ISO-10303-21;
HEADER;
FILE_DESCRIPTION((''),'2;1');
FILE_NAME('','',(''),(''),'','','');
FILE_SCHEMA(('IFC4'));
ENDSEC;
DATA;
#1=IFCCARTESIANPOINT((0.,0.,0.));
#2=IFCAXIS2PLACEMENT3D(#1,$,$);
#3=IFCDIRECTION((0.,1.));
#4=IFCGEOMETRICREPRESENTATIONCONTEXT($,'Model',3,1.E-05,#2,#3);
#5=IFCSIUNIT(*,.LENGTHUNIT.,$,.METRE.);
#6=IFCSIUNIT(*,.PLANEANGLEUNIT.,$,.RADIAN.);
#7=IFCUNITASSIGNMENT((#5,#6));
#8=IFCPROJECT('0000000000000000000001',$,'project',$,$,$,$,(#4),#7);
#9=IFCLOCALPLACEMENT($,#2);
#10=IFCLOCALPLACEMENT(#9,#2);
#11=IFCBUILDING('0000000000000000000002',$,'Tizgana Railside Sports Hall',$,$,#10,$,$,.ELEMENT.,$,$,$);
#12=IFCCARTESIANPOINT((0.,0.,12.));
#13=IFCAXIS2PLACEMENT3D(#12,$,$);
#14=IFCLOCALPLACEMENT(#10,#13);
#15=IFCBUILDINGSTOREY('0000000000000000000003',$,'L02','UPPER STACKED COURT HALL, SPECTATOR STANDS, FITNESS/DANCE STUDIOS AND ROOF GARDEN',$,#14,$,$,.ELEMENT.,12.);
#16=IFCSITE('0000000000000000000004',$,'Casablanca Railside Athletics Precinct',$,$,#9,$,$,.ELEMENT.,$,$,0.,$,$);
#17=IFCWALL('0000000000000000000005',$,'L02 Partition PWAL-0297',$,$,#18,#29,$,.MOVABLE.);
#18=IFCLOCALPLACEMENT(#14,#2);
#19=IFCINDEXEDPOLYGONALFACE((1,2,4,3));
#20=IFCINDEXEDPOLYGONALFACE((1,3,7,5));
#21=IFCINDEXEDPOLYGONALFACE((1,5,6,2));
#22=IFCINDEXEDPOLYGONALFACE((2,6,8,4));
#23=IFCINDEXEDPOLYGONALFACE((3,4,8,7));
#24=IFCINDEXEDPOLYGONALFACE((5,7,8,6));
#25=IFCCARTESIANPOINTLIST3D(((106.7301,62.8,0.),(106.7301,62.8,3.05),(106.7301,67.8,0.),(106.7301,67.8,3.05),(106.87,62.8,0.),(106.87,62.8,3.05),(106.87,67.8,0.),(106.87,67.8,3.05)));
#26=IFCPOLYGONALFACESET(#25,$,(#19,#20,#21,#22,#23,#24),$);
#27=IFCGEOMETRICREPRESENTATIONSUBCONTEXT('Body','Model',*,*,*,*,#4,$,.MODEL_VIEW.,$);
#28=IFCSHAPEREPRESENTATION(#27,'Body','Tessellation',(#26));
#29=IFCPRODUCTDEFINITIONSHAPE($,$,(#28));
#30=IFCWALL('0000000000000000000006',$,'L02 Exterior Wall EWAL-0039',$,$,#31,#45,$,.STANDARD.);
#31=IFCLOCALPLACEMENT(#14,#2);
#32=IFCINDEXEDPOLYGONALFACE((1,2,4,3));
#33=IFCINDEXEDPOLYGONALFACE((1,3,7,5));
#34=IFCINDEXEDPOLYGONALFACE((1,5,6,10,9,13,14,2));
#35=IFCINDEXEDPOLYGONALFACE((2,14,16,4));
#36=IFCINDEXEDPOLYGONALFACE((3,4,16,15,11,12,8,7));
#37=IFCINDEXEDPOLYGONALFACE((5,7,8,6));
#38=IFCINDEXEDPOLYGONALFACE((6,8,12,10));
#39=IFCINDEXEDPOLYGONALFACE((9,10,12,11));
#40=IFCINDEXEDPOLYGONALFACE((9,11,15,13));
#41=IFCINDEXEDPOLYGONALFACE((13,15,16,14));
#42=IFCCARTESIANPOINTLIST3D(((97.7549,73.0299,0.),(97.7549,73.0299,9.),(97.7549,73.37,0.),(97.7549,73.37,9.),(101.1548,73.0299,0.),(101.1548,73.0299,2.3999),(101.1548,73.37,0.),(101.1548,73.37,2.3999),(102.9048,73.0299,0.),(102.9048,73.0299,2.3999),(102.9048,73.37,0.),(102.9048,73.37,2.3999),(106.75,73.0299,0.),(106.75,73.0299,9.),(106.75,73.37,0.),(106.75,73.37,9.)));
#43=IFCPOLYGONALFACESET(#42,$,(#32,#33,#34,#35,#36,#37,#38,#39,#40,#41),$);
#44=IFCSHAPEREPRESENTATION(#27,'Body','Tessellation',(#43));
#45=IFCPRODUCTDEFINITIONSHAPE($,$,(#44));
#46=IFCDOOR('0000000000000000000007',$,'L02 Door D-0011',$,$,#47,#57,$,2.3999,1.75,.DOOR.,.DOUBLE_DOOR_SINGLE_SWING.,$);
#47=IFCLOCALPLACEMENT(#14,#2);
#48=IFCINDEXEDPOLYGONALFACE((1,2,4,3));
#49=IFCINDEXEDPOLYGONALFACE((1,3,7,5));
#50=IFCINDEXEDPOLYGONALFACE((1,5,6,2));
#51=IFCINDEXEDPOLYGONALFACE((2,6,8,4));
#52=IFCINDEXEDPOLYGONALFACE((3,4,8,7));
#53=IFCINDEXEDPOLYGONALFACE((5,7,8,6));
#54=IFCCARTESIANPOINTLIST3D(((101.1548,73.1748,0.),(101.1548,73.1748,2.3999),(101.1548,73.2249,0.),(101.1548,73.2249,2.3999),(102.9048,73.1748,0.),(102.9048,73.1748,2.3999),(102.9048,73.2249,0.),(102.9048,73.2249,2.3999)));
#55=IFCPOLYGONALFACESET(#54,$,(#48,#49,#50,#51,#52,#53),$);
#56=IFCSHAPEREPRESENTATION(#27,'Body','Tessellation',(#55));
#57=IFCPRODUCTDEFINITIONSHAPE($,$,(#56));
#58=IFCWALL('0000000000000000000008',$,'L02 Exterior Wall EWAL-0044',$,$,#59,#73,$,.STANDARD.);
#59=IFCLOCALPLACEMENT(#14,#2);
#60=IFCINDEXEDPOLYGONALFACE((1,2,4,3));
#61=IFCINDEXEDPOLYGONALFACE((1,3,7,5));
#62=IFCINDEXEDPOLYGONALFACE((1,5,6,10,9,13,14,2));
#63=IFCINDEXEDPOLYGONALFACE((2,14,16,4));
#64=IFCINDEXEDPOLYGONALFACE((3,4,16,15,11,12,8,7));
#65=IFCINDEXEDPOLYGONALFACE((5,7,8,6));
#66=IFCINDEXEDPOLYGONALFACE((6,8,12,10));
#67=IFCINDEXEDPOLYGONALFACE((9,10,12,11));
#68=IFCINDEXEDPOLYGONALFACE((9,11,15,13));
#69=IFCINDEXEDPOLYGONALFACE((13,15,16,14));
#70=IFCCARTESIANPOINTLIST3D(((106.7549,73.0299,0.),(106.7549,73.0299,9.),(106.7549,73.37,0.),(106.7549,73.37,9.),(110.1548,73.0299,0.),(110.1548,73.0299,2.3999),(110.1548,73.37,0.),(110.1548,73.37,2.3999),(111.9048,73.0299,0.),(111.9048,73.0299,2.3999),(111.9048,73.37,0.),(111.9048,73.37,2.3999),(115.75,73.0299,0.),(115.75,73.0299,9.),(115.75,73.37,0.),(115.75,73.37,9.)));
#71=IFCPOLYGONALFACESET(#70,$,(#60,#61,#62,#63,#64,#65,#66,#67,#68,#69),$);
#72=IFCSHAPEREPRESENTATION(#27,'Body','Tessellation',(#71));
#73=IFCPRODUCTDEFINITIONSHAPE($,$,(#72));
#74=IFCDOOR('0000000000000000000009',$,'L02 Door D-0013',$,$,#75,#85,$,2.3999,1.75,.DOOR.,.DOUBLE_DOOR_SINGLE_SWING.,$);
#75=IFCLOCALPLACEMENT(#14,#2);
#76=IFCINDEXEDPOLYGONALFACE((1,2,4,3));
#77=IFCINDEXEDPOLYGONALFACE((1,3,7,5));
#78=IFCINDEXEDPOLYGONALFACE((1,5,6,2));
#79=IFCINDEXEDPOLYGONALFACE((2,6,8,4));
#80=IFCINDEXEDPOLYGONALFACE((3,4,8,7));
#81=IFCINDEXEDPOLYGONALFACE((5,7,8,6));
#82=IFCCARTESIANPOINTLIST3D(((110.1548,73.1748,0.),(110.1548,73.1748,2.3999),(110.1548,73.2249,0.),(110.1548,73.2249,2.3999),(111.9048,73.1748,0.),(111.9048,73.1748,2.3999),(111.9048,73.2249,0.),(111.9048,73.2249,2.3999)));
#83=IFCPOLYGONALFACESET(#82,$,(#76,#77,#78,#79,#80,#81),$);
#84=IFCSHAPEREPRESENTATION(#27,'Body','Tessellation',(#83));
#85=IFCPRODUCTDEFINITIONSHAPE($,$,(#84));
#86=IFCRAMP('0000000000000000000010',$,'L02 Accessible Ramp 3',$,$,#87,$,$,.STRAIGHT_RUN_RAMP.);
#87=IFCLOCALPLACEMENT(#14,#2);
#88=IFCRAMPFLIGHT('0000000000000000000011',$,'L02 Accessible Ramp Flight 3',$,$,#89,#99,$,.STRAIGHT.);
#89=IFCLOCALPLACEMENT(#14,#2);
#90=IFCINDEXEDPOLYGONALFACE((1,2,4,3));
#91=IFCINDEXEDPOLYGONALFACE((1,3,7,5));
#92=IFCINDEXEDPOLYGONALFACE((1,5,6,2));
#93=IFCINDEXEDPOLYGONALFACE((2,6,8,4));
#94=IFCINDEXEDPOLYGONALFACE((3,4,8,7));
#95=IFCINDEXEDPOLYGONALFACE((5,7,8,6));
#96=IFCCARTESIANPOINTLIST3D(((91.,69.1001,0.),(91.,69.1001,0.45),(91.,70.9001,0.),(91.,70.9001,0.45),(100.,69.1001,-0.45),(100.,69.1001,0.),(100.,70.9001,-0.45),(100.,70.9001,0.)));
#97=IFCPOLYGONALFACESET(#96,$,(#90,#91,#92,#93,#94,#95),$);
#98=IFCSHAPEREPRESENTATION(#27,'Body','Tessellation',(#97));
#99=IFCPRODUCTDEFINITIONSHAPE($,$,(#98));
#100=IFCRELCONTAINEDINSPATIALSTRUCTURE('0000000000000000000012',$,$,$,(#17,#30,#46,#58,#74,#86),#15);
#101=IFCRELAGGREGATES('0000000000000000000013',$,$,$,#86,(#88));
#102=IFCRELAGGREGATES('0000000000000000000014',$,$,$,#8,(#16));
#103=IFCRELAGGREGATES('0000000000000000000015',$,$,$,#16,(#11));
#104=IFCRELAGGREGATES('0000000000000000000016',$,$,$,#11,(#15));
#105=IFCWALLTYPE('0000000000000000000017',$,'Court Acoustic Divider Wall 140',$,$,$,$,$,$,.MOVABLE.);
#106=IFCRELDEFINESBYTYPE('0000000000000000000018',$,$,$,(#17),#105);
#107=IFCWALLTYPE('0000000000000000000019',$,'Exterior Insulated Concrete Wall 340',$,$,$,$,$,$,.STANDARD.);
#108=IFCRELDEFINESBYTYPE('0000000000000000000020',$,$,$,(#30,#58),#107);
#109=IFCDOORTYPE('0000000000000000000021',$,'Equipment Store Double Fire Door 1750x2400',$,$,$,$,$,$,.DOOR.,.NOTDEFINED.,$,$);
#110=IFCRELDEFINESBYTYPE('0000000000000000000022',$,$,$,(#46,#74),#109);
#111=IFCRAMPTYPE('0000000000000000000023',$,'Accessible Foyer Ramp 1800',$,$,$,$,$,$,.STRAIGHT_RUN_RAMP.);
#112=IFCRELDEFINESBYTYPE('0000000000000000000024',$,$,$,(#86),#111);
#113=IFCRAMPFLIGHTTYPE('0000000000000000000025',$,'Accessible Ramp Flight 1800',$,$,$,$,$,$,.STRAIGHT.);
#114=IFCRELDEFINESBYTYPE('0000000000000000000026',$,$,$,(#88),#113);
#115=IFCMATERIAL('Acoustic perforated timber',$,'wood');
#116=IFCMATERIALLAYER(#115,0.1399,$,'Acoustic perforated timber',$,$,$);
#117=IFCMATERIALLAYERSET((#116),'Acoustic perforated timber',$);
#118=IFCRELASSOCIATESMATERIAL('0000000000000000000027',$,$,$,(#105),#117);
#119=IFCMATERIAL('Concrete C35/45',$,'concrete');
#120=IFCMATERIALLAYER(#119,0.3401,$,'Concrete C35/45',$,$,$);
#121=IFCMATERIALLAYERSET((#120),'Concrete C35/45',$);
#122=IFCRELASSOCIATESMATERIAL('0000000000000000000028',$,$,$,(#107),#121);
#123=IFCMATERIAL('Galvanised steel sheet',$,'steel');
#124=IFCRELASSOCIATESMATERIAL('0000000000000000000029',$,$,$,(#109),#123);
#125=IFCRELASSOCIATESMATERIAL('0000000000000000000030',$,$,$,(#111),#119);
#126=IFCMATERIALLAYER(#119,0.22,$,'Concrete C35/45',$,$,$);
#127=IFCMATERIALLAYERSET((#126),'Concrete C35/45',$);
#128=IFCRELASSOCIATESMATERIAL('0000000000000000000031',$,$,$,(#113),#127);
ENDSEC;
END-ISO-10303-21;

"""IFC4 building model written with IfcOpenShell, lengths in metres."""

from ifc_helpers import new_model, si_unit, direction, frame, frame_2d, origin, place, context, subcontext, project, spatial, polyline, rectangle, outline, extrude, material, layer, layer_set, type_object, element, fill, aggregate, save


model = new_model("IFC4")

# Units and contexts
model_context = context("Model", 3, precision=1e-05, world=origin(), true_north=direction((0.0, 1.0)))
body_context = subcontext(model_context, "Body", "Model", "MODEL_VIEW")
ifc_project = project(units=[si_unit("LENGTHUNIT", "METRE"), si_unit("PLANEANGLEUNIT", "RADIAN")], contexts=[model_context])

# Site, building, storey
site_placement = place(None, origin())
site = spatial("IfcSite", under=ifc_project, at=site_placement, Name="Casablanca Railside Athletics Precinct", CompositionType="ELEMENT", RefElevation=0.0)
building_placement = place(site_placement, origin())
building = spatial("IfcBuilding", under=site, at=building_placement, Name="Tizgana Railside Sports Hall", CompositionType="ELEMENT")
storey_placement = place(building_placement, frame((0.0, 0.0, 12.0)))
storey = spatial("IfcBuildingStorey", under=building, at=storey_placement, Name="L02", Description="UPPER STACKED COURT HALL, SPECTATOR STANDS, FITNESS/DANCE STUDIOS AND ROOF GARDEN", CompositionType="ELEMENT", Elevation=12.0)

# Wall
ifc_material_1 = material(Name="Acoustic perforated timber", Category="wood")
ifc_layer_1 = layer(ifc_material_1, 0.1399, Name="Acoustic perforated timber")
ifc_layer_set_1 = layer_set([ifc_layer_1], Name="Acoustic perforated timber")
wall_type_1 = type_object("IfcWallType", Name="Court Acoustic Divider Wall 140", PredefinedType="MOVABLE", material=ifc_layer_set_1)
wall_1_placement = place(storey_placement, frame((106.8, 62.8, 0.0), z_axis=(0.0, 0.0, 1.0), x_axis=(0.0, 1.0, 0.0)))
element("IfcWall", 1, at=wall_1_placement, inside=storey, type_object=wall_type_1, Name="L02 Partition PWAL-0297", PredefinedType="MOVABLE", context=body_context, shape_type="SweptSolid", body=[
    extrude(rectangle(XDim=5.0, YDim=0.1399, at=frame_2d((2.5, 0.0))), origin(), (0.0, 0.0, 1.0), 3.05),
])

# Walls, openings, doors
ifc_material_2 = material(Name="Concrete C35/45", Category="concrete")
ifc_layer_2 = layer(ifc_material_2, 0.3401, Name="Concrete C35/45")
ifc_layer_set_2 = layer_set([ifc_layer_2], Name="Concrete C35/45")
wall_type_2 = type_object("IfcWallType", Name="Exterior Insulated Concrete Wall 340", PredefinedType="STANDARD", material=ifc_layer_set_2)
wall_2_placement = place(storey_placement, frame((97.7549, 73.2, 0.0), z_axis=(0.0, 0.0, 1.0), x_axis=(1.0, 0.0, 0.0)))
wall_2 = element("IfcWall", 2, at=wall_2_placement, inside=storey, type_object=wall_type_2, Name="L02 Exterior Wall EWAL-0039", PredefinedType="STANDARD", context=body_context, shape_type="SweptSolid", body=[
    extrude(rectangle(XDim=8.9951, YDim=0.3401, at=frame_2d((4.4976, 0.0))), origin(), (0.0, 0.0, 1.0), 9.0),
])
opening_1_placement = place(wall_2_placement, frame((3.3999, 0.0, 0.0)))
opening_1 = element("IfcOpeningElement", 3, at=opening_1_placement, cuts=wall_2, PredefinedType="OPENING", context=body_context, shape_type="SweptSolid", body=[
    extrude(rectangle(XDim=1.75, YDim=2.3999, at=frame_2d((0.875, 1.2))), frame((0.0, 0.1799, 0.0), z_axis=(0.0, -1.0, 0.0), x_axis=(1.0, 0.0, 0.0)), (0.0, 0.0, 1.0), 0.3601),
])
ifc_material_3 = material(Name="Galvanised steel sheet", Category="steel")
door_type = type_object("IfcDoorType", Name="Equipment Store Double Fire Door 1750x2400", OperationType="NOTDEFINED", PredefinedType="DOOR", material=ifc_material_3)
door_1_placement = place(opening_1_placement, origin())
door_1 = element("IfcDoor", 4, at=door_1_placement, inside=storey, type_object=door_type, Name="L02 Door D-0011", OperationType="DOUBLE_DOOR_SINGLE_SWING", OverallHeight=2.3999, OverallWidth=1.75, PredefinedType="DOOR", context=body_context, shape_type="SweptSolid", body=[
    extrude(rectangle(XDim=1.75, YDim=2.3999, at=frame_2d((0.875, 1.2))), frame((0.0, 0.0249, 0.0), z_axis=(0.0, -1.0, 0.0), x_axis=(1.0, 0.0, 0.0)), (0.0, 0.0, 1.0), 0.05),
])
fill(opening_1, door_1)
wall_3_placement = place(storey_placement, frame((106.7549, 73.2, 0.0), z_axis=(0.0, 0.0, 1.0), x_axis=(1.0, 0.0, 0.0)))
wall_3 = element("IfcWall", 5, at=wall_3_placement, inside=storey, type_object=wall_type_2, Name="L02 Exterior Wall EWAL-0044", PredefinedType="STANDARD", context=body_context, shape_type="SweptSolid", body=[
    extrude(rectangle(XDim=8.9951, YDim=0.3401, at=frame_2d((4.4976, 0.0))), origin(), (0.0, 0.0, 1.0), 9.0),
])
opening_2_placement = place(wall_3_placement, frame((3.3999, 0.0, 0.0)))
opening_2 = element("IfcOpeningElement", 6, at=opening_2_placement, cuts=wall_3, PredefinedType="OPENING", context=body_context, shape_type="SweptSolid", body=[
    extrude(rectangle(XDim=1.75, YDim=2.3999, at=frame_2d((0.875, 1.2))), frame((0.0, 0.1799, 0.0), z_axis=(0.0, -1.0, 0.0), x_axis=(1.0, 0.0, 0.0)), (0.0, 0.0, 1.0), 0.3601),
])
door_2_placement = place(opening_2_placement, origin())
door_2 = element("IfcDoor", 7, at=door_2_placement, inside=storey, type_object=door_type, Name="L02 Door D-0013", OperationType="DOUBLE_DOOR_SINGLE_SWING", OverallHeight=2.3999, OverallWidth=1.75, PredefinedType="DOOR", context=body_context, shape_type="SweptSolid", body=[
    extrude(rectangle(XDim=1.75, YDim=2.3999, at=frame_2d((0.875, 1.2))), frame((0.0, 0.0249, 0.0), z_axis=(0.0, -1.0, 0.0), x_axis=(1.0, 0.0, 0.0)), (0.0, 0.0, 1.0), 0.05),
])
fill(opening_2, door_2)

# Ramp, ramp flight
ramp_type = type_object("IfcRampType", Name="Accessible Foyer Ramp 1800", PredefinedType="STRAIGHT_RUN_RAMP", material=ifc_material_2)
ramp_placement = place(storey_placement, origin())
ramp = element("IfcRamp", 8, at=ramp_placement, inside=storey, type_object=ramp_type, Name="L02 Accessible Ramp 3", PredefinedType="STRAIGHT_RUN_RAMP")
ifc_layer_3 = layer(ifc_material_2, 0.22, Name="Concrete C35/45")
ifc_layer_set_3 = layer_set([ifc_layer_3], Name="Concrete C35/45")
ramp_flight_type = type_object("IfcRampFlightType", Name="Accessible Ramp Flight 1800", PredefinedType="STRAIGHT", material=ifc_layer_set_3)
ramp_flight_placement = place(storey_placement, frame((100.0, 70.0, 0.0), z_axis=(0.0, 0.0, 1.0), x_axis=(-1.0, 0.0, 0.0)))
ramp_flight = element("IfcRampFlight", 9, at=ramp_flight_placement, type_object=ramp_flight_type, Name="L02 Accessible Ramp Flight 3", PredefinedType="STRAIGHT", context=body_context, shape_type="SweptSolid", body=[
    extrude(outline(polyline([(0.0, 0.0), (9.0, 0.45), (9.0, 0.0), (0.0, -0.45), (0.0, 0.0)])), frame((0.0, 0.8999, 0.0), z_axis=(0.0, -1.0, 0.0), x_axis=(1.0, 0.0, 0.0)), (0.0, 0.0, 1.0), 1.8),
])
aggregate(ramp, [ramp_flight])

save(model, "model.ifc")
